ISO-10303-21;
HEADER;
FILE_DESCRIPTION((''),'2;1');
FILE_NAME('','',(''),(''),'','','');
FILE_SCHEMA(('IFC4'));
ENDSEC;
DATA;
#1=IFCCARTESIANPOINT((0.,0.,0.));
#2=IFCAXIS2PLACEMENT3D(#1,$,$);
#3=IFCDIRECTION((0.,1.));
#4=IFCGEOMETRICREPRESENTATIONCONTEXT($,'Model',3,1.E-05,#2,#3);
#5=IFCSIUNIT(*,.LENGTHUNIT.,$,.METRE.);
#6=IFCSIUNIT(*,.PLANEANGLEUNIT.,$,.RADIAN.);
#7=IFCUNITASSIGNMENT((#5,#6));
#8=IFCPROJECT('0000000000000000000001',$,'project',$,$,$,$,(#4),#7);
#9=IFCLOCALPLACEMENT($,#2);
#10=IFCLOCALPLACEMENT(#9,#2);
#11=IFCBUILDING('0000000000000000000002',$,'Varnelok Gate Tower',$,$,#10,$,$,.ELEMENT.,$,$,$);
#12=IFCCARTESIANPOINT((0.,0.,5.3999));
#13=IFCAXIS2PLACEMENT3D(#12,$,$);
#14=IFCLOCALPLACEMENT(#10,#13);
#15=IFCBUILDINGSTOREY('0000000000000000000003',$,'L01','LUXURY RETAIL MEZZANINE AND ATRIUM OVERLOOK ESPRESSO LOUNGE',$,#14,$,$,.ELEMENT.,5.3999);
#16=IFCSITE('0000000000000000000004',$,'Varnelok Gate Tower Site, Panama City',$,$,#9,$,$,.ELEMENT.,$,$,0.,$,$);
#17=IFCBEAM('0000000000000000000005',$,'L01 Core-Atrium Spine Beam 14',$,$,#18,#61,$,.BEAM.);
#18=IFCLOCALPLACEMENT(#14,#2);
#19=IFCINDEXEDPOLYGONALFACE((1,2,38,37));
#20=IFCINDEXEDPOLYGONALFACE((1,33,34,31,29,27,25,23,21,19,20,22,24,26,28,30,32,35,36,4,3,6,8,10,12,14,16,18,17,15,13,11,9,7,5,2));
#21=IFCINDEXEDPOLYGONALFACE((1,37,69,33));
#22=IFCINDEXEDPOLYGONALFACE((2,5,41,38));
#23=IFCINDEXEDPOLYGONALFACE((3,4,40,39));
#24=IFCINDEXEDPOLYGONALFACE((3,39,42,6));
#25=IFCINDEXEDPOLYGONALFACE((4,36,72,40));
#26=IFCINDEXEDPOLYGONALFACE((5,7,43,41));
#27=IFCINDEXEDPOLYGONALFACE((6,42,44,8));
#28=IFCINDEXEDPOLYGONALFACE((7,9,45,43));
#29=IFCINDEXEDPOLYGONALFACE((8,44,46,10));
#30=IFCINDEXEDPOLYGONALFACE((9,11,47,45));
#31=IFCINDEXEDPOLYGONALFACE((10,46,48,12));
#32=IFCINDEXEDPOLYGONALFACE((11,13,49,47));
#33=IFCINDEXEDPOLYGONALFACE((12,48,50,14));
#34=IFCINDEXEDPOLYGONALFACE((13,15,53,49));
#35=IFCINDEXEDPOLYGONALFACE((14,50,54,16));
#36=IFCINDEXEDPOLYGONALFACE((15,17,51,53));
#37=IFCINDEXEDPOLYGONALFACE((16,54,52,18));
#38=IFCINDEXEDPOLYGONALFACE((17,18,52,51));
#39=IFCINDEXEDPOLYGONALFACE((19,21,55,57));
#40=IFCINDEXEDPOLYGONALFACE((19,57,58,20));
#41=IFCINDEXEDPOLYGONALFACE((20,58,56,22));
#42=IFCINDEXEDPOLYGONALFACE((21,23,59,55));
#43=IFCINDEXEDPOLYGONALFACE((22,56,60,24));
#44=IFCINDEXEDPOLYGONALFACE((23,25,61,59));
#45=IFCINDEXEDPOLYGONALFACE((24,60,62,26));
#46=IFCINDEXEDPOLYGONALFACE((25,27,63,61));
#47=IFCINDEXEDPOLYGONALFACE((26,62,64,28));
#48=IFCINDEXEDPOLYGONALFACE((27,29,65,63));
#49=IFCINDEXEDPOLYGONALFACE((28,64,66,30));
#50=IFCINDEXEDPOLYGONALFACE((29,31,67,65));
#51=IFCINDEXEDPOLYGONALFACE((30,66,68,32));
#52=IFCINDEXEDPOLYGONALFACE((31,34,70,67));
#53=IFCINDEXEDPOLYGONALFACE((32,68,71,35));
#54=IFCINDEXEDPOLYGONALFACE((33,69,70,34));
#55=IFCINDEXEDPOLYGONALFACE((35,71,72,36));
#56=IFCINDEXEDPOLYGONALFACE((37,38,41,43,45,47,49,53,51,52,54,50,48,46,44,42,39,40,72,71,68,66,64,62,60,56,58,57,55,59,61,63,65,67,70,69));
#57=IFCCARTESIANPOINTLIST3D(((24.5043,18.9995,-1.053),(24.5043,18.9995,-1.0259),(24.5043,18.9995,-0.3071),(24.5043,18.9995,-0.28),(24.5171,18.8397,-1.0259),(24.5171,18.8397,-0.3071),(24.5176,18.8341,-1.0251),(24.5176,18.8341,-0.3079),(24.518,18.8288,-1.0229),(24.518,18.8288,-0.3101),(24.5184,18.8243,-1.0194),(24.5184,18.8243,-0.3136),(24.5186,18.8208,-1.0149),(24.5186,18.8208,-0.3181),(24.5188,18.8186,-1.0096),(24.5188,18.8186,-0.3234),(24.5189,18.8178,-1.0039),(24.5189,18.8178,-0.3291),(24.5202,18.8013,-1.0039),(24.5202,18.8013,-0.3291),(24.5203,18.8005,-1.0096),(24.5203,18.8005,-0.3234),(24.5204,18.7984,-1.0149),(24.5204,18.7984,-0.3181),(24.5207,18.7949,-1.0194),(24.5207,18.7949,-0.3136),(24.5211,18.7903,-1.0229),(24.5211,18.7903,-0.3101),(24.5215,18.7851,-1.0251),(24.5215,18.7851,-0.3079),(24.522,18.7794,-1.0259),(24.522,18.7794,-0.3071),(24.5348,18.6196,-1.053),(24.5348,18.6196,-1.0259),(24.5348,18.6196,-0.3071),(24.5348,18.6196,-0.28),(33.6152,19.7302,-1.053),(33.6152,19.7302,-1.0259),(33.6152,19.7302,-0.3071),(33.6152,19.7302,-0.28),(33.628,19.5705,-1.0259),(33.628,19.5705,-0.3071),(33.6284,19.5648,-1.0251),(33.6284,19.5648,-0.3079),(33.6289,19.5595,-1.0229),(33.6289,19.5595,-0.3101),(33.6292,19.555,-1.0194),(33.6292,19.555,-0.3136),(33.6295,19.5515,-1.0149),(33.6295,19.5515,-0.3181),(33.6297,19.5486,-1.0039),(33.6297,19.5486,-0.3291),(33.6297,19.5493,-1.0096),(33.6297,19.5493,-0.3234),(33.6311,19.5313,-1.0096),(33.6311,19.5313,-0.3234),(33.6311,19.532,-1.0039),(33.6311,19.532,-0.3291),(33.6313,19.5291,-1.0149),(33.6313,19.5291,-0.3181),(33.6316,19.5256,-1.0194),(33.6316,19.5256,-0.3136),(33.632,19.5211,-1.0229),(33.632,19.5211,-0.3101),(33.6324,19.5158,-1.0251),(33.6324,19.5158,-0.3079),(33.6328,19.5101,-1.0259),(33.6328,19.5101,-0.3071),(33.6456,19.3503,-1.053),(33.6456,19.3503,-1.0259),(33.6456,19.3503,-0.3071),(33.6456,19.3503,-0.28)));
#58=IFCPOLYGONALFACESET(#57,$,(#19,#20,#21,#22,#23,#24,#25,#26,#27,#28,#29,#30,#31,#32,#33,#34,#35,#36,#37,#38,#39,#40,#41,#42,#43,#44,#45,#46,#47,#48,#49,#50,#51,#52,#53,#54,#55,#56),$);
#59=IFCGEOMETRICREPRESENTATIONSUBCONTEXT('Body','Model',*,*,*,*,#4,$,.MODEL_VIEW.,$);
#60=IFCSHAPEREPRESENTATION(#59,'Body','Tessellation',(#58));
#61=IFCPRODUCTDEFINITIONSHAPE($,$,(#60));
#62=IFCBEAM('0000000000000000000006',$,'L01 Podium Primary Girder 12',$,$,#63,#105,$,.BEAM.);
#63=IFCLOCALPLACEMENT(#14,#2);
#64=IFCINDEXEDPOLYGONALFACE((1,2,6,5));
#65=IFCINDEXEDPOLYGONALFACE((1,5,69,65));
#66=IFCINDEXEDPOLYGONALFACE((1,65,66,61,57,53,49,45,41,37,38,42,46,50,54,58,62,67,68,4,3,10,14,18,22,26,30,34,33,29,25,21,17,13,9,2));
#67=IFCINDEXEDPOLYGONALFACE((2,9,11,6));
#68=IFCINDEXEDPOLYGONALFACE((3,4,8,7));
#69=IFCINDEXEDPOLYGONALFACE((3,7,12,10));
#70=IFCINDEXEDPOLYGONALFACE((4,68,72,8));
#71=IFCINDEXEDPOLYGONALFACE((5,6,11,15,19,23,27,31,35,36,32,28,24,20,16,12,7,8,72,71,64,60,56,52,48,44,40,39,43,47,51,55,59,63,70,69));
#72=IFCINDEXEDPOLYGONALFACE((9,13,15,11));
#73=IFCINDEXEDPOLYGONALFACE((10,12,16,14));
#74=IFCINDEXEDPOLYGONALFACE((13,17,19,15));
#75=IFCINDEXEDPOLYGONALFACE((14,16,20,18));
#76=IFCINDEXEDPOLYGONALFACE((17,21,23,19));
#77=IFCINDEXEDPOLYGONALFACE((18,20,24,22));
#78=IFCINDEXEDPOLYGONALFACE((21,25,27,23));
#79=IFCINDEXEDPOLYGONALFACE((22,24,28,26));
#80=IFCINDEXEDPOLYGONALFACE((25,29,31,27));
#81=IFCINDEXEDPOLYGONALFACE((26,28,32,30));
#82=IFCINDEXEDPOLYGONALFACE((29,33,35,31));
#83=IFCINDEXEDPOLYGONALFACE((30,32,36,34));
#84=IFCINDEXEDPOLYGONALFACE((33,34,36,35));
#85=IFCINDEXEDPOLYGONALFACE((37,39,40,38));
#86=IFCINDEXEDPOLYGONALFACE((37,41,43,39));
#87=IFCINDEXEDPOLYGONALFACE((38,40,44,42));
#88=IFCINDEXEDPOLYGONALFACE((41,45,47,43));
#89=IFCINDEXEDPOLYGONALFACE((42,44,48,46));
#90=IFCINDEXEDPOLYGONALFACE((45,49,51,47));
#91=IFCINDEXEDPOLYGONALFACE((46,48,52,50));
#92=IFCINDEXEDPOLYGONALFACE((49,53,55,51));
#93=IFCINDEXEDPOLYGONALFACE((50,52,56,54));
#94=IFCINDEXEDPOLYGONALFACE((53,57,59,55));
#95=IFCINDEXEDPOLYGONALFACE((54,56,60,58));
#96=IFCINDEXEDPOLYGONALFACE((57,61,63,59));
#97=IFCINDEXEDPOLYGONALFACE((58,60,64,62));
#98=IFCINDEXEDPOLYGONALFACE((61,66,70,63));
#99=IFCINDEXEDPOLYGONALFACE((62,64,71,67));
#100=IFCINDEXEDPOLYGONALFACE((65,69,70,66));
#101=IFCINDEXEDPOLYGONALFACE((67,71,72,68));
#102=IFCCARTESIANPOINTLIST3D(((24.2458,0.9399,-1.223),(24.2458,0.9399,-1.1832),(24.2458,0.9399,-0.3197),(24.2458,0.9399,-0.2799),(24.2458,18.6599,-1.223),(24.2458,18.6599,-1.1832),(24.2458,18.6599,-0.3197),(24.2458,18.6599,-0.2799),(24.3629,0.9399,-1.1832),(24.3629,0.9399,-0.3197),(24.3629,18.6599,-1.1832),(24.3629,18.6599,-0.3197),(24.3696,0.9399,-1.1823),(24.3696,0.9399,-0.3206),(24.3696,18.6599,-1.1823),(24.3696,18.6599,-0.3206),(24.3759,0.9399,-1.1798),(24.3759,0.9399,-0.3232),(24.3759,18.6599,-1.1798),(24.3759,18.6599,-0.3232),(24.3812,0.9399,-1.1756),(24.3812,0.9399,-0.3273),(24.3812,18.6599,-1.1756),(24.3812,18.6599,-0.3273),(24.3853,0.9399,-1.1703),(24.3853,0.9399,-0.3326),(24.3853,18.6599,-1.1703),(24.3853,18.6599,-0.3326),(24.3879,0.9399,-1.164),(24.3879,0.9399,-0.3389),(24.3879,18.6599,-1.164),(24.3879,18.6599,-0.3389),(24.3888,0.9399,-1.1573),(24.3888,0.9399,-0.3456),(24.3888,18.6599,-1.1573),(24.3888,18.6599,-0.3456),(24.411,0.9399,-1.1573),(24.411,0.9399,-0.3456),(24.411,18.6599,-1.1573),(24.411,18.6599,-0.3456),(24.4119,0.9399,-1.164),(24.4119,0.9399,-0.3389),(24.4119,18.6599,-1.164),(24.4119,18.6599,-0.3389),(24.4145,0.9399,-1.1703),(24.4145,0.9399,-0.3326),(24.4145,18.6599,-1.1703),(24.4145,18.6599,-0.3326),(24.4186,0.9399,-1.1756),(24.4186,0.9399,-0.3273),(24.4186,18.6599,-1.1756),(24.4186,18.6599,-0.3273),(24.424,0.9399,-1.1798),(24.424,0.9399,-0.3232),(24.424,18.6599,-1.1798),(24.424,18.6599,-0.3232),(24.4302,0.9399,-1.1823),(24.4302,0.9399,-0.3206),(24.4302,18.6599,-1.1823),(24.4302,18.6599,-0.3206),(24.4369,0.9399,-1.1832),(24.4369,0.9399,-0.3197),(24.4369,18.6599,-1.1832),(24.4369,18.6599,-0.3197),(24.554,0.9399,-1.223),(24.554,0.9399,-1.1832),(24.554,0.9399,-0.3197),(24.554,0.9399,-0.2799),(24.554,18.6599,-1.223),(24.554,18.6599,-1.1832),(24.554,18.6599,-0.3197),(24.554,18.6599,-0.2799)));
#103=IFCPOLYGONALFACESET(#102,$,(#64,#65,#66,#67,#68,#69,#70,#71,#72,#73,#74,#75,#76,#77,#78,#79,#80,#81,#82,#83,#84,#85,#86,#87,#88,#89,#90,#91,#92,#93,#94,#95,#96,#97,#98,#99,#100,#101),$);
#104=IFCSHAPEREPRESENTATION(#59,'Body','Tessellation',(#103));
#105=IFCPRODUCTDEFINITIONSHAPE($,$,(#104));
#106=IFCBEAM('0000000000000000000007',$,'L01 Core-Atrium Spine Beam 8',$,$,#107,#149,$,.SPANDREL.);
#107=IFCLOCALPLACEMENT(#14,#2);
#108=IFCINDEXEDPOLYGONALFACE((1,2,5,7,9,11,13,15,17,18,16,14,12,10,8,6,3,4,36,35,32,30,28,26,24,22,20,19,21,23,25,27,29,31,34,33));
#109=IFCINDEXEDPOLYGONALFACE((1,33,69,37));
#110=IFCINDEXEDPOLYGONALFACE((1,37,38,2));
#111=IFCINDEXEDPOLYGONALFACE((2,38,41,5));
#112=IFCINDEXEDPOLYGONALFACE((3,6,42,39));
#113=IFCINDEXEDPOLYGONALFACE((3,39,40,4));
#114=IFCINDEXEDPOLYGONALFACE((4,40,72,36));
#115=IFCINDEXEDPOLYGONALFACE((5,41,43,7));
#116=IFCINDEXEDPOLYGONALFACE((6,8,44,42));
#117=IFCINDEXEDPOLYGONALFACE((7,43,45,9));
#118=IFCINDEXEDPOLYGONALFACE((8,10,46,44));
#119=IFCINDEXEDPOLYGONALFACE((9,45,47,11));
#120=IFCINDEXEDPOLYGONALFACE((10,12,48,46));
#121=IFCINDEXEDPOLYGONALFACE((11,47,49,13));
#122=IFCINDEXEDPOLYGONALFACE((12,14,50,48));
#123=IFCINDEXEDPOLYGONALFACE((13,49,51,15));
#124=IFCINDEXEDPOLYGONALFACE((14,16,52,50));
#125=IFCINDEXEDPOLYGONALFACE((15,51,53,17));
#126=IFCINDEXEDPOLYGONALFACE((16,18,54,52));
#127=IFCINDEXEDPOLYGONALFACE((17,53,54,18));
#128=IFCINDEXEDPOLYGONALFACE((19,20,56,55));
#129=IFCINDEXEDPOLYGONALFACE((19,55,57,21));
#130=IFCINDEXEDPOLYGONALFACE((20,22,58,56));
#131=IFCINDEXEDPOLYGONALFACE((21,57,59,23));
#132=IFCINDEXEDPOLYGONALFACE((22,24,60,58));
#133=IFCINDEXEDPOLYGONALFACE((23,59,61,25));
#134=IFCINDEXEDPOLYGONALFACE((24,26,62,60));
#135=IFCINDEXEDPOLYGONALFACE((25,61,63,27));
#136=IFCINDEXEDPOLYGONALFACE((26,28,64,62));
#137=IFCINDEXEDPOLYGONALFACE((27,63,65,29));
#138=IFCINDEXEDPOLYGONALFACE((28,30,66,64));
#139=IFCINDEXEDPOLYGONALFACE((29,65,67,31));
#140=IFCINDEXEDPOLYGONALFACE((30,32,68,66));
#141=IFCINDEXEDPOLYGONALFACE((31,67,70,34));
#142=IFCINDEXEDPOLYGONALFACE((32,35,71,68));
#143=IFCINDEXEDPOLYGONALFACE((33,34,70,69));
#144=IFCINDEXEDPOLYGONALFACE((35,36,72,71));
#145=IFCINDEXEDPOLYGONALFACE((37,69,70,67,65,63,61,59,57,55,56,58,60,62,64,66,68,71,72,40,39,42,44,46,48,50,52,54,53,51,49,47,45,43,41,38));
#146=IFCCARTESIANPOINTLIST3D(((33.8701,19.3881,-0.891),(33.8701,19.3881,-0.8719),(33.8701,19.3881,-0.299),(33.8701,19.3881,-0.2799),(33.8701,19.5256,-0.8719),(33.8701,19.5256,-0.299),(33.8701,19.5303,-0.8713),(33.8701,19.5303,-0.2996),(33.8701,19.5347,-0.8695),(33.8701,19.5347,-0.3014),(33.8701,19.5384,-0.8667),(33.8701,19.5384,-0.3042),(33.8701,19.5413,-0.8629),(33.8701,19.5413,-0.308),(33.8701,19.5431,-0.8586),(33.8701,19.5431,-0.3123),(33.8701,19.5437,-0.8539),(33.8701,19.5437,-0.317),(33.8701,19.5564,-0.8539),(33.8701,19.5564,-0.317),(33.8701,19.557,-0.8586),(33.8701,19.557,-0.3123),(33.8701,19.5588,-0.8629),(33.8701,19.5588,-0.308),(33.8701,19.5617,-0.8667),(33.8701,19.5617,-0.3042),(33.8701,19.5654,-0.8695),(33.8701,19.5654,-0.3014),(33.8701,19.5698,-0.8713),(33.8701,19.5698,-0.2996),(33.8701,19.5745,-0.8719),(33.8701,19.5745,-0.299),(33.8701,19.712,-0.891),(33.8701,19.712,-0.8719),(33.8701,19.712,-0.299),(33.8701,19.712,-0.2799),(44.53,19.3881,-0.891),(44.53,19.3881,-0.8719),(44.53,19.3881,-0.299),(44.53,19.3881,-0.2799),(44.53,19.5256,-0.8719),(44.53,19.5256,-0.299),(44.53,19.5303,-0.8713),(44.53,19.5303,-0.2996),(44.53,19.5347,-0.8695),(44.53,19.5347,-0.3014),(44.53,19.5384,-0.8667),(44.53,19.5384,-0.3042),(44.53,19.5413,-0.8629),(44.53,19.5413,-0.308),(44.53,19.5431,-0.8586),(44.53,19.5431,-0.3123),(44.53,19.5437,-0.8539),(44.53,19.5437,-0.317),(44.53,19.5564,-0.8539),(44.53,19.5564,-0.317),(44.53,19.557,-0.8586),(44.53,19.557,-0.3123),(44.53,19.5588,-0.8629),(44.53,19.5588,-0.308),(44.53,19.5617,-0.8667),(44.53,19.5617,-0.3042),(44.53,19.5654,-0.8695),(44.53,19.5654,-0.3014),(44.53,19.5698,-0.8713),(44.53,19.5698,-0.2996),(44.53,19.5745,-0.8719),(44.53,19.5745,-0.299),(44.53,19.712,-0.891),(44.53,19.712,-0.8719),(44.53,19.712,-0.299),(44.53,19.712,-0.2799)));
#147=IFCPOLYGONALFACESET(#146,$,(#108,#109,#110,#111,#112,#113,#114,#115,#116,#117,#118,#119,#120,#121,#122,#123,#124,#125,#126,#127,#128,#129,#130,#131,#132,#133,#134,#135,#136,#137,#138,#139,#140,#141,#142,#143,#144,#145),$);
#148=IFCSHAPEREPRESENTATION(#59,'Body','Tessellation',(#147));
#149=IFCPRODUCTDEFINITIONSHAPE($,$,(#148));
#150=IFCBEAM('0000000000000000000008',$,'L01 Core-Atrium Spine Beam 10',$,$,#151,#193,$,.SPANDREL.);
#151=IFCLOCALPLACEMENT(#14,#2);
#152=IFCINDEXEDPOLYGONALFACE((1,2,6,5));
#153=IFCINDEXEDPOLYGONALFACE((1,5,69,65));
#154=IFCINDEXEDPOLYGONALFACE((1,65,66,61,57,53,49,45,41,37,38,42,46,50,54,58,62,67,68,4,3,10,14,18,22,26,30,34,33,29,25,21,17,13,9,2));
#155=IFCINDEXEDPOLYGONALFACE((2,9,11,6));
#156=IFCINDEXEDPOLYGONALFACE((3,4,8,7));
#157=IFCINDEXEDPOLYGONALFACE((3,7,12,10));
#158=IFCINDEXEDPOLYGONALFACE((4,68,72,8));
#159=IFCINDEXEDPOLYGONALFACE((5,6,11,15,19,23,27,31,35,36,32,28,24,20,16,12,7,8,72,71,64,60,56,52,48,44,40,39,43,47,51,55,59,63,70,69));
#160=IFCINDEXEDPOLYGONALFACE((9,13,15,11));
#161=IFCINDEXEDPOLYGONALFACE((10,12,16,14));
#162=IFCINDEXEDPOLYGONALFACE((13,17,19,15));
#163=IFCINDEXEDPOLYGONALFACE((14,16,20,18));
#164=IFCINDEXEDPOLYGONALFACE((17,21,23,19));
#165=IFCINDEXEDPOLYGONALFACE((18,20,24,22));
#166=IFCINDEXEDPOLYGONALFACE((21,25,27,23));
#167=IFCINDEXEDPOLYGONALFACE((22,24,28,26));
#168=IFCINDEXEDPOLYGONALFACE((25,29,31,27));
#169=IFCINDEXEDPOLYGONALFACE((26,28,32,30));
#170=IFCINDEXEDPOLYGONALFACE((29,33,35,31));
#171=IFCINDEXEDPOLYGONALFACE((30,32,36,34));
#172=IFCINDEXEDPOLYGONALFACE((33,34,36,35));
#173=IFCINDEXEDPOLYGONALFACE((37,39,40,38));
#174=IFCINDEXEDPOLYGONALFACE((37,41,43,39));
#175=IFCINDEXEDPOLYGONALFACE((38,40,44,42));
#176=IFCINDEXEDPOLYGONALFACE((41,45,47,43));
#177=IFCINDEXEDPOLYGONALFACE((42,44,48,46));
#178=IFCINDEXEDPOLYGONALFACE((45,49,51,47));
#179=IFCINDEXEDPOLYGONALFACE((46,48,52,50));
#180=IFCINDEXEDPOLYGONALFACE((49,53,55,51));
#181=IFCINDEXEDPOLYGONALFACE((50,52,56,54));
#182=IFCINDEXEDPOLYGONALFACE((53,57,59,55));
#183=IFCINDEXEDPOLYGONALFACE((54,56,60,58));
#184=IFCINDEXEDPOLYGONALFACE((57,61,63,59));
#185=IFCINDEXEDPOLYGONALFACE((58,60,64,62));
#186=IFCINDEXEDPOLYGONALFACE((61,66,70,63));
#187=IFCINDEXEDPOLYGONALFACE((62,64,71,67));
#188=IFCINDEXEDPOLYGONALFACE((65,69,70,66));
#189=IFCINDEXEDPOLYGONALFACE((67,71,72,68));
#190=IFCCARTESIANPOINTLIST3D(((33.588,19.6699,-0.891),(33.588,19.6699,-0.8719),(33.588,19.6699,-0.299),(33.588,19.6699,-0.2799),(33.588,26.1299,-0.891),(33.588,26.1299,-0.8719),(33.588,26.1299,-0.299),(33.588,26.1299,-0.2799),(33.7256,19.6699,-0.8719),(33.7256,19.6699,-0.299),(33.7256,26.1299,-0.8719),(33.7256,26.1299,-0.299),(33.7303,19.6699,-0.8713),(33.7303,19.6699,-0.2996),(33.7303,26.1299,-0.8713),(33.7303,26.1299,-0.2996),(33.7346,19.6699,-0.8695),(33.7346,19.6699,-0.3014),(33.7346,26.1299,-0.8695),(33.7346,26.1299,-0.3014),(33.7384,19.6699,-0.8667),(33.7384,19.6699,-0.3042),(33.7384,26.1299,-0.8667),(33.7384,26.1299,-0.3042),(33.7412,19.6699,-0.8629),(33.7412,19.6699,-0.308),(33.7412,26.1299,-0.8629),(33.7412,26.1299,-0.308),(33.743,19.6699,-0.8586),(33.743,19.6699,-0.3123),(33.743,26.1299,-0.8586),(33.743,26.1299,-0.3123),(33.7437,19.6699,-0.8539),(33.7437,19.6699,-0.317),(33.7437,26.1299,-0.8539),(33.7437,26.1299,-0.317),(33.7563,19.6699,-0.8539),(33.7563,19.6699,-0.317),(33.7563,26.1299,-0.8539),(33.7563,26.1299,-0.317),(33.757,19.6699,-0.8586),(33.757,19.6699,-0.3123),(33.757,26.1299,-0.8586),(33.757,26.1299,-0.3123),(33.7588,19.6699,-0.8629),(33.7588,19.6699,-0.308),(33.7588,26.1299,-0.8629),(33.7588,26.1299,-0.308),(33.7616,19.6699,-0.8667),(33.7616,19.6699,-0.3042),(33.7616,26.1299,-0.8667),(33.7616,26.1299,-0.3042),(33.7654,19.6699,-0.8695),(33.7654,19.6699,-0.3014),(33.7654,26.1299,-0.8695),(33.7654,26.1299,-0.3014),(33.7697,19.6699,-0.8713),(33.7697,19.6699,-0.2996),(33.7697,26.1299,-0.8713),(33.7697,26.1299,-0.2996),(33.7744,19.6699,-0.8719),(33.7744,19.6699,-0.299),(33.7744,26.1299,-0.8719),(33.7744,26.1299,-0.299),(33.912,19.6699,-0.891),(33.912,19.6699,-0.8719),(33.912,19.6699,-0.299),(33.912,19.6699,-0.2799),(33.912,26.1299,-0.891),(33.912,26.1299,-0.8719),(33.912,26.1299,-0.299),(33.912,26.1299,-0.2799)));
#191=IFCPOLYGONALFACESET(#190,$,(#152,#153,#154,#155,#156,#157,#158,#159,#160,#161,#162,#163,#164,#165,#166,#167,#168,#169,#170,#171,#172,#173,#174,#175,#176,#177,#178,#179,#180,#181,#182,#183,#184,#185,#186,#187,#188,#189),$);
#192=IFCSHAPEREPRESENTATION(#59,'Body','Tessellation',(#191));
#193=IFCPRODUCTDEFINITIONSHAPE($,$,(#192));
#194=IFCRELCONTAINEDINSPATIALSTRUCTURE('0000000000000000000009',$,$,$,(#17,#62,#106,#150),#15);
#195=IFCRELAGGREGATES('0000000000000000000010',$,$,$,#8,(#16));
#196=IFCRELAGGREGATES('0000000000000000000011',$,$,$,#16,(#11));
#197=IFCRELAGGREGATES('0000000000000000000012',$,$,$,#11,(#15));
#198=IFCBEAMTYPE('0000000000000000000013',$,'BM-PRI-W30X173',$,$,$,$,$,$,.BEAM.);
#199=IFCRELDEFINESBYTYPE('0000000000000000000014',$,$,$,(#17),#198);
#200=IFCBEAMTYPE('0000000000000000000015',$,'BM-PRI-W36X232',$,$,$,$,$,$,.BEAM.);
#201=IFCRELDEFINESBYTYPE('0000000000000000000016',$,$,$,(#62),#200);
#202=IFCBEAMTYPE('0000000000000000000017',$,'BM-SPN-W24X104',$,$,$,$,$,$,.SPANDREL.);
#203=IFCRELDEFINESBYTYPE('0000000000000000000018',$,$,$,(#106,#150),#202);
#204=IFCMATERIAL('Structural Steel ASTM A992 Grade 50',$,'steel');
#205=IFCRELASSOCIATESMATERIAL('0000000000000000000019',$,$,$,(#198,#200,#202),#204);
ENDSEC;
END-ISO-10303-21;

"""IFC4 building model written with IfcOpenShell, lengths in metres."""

from ifc_helpers import new_model, si_unit, direction, frame, origin, origin_2d, place, context, subcontext, project, spatial, i_section, extrude, material, material_profile, profile_set, type_object, element, save


model = new_model("IFC4")

# Units and contexts
model_context = context("Model", 3, precision=1e-05, world=origin(), true_north=direction((0.0, 1.0)))
body_context = subcontext(model_context, "Body", "Model", "MODEL_VIEW")
ifc_project = project(units=[si_unit("LENGTHUNIT", "METRE"), si_unit("PLANEANGLEUNIT", "RADIAN")], contexts=[model_context])

# Site, building, storey
site_placement = place(None, origin())
site = spatial("IfcSite", under=ifc_project, at=site_placement, Name="Varnelok Gate Tower Site, Panama City", CompositionType="ELEMENT", RefElevation=0.0)
building_placement = place(site_placement, origin())
building = spatial("IfcBuilding", under=site, at=building_placement, Name="Varnelok Gate Tower", CompositionType="ELEMENT")
storey_placement = place(building_placement, frame((0.0, 0.0, 5.3999)))
storey = spatial("IfcBuildingStorey", under=building, at=storey_placement, Name="L01", Description="LUXURY RETAIL MEZZANINE AND ATRIUM OVERLOOK ESPRESSO LOUNGE", CompositionType="ELEMENT", Elevation=5.3999)

# Shared definitions
ifc_material_1 = material(Name="Structural Steel ASTM A992 Grade 50", Category="steel")

# Beams
ifc_material_profile_1 = material_profile(ifc_material_1, i_section(OverallWidth=0.3811, OverallDepth=0.7729, WebThickness=0.0166, FlangeThickness=0.0271, FilletRadius=0.022, at=origin_2d()), Name="W30X173")
ifc_profile_set_1 = profile_set([ifc_material_profile_1], Name="Structural Steel ASTM A992 Grade 50")
beam_type_1 = type_object("IfcBeamType", Name="BM-PRI-W30X173", PredefinedType="BEAM", material=ifc_profile_set_1)
beam_1_placement = place(storey_placement, frame((24.5195, 18.8096, -0.6665), z_axis=(0.996799, 0.079946, 0.0), x_axis=(-0.079946, 0.996799, 0.0)))
element("IfcBeam", 1, at=beam_1_placement, inside=storey, type_object=beam_type_1, Name="L01 Core-Atrium Spine Beam 14", PredefinedType="BEAM", context=body_context, shape_type="SweptSolid", body=[
    extrude(i_section(OverallWidth=0.3811, OverallDepth=0.7729, WebThickness=0.0166, FlangeThickness=0.0271, FilletRadius=0.022, at=origin_2d()), origin(), (0.0, 0.0, 1.0), 9.1401),
])
ifc_material_profile_2 = material_profile(ifc_material_1, i_section(OverallWidth=0.3081, OverallDepth=0.9431, WebThickness=0.0222, FlangeThickness=0.0398, FilletRadius=0.0259, at=origin_2d()), Name="W36X232")
ifc_profile_set_2 = profile_set([ifc_material_profile_2], Name="Structural Steel ASTM A992 Grade 50")
beam_type_2 = type_object("IfcBeamType", Name="BM-PRI-W36X232", PredefinedType="BEAM", material=ifc_profile_set_2)
beam_2_placement = place(storey_placement, frame((24.3999, 0.9399, -0.7515), z_axis=(0.0, 1.0, 0.0), x_axis=(-1.0, 0.0, 0.0)))
element("IfcBeam", 2, at=beam_2_placement, inside=storey, type_object=beam_type_2, Name="L01 Podium Primary Girder 12", PredefinedType="BEAM", context=body_context, shape_type="SweptSolid", body=[
    extrude(i_section(OverallWidth=0.3081, OverallDepth=0.9431, WebThickness=0.0222, FlangeThickness=0.0398, FilletRadius=0.0259, at=origin_2d()), origin(), (0.0, 0.0, 1.0), 17.72),
])
ifc_material_profile_3 = material_profile(ifc_material_1, i_section(OverallWidth=0.324, OverallDepth=0.6111, WebThickness=0.0127, FlangeThickness=0.019, FilletRadius=0.0181, at=origin_2d()), Name="W24X104")
ifc_profile_set_3 = profile_set([ifc_material_profile_3], Name="Structural Steel ASTM A992 Grade 50")
beam_type_3 = type_object("IfcBeamType", Name="BM-SPN-W24X104", PredefinedType="SPANDREL", material=ifc_profile_set_3)
beam_3_placement = place(storey_placement, frame((33.8701, 19.55, -0.5854), z_axis=(1.0, 0.0, 0.0), x_axis=(0.0, 1.0, 0.0)))
element("IfcBeam", 3, at=beam_3_placement, inside=storey, type_object=beam_type_3, Name="L01 Core-Atrium Spine Beam 8", PredefinedType="SPANDREL", context=body_context, shape_type="SweptSolid", body=[
    extrude(i_section(OverallWidth=0.324, OverallDepth=0.6111, WebThickness=0.0127, FlangeThickness=0.019, FilletRadius=0.0181, at=origin_2d()), origin(), (0.0, 0.0, 1.0), 10.6599),
])
beam_4_placement = place(storey_placement, frame((33.75, 19.6699, -0.5854), z_axis=(0.0, 1.0, 0.0), x_axis=(-1.0, 0.0, 0.0)))
element("IfcBeam", 4, at=beam_4_placement, inside=storey, type_object=beam_type_3, Name="L01 Core-Atrium Spine Beam 10", PredefinedType="SPANDREL", context=body_context, shape_type="SweptSolid", body=[
    extrude(i_section(OverallWidth=0.324, OverallDepth=0.6111, WebThickness=0.0127, FlangeThickness=0.019, FilletRadius=0.0181, at=origin_2d()), origin(), (0.0, 0.0, 1.0), 6.46),
])

save(model, "model.ifc")
